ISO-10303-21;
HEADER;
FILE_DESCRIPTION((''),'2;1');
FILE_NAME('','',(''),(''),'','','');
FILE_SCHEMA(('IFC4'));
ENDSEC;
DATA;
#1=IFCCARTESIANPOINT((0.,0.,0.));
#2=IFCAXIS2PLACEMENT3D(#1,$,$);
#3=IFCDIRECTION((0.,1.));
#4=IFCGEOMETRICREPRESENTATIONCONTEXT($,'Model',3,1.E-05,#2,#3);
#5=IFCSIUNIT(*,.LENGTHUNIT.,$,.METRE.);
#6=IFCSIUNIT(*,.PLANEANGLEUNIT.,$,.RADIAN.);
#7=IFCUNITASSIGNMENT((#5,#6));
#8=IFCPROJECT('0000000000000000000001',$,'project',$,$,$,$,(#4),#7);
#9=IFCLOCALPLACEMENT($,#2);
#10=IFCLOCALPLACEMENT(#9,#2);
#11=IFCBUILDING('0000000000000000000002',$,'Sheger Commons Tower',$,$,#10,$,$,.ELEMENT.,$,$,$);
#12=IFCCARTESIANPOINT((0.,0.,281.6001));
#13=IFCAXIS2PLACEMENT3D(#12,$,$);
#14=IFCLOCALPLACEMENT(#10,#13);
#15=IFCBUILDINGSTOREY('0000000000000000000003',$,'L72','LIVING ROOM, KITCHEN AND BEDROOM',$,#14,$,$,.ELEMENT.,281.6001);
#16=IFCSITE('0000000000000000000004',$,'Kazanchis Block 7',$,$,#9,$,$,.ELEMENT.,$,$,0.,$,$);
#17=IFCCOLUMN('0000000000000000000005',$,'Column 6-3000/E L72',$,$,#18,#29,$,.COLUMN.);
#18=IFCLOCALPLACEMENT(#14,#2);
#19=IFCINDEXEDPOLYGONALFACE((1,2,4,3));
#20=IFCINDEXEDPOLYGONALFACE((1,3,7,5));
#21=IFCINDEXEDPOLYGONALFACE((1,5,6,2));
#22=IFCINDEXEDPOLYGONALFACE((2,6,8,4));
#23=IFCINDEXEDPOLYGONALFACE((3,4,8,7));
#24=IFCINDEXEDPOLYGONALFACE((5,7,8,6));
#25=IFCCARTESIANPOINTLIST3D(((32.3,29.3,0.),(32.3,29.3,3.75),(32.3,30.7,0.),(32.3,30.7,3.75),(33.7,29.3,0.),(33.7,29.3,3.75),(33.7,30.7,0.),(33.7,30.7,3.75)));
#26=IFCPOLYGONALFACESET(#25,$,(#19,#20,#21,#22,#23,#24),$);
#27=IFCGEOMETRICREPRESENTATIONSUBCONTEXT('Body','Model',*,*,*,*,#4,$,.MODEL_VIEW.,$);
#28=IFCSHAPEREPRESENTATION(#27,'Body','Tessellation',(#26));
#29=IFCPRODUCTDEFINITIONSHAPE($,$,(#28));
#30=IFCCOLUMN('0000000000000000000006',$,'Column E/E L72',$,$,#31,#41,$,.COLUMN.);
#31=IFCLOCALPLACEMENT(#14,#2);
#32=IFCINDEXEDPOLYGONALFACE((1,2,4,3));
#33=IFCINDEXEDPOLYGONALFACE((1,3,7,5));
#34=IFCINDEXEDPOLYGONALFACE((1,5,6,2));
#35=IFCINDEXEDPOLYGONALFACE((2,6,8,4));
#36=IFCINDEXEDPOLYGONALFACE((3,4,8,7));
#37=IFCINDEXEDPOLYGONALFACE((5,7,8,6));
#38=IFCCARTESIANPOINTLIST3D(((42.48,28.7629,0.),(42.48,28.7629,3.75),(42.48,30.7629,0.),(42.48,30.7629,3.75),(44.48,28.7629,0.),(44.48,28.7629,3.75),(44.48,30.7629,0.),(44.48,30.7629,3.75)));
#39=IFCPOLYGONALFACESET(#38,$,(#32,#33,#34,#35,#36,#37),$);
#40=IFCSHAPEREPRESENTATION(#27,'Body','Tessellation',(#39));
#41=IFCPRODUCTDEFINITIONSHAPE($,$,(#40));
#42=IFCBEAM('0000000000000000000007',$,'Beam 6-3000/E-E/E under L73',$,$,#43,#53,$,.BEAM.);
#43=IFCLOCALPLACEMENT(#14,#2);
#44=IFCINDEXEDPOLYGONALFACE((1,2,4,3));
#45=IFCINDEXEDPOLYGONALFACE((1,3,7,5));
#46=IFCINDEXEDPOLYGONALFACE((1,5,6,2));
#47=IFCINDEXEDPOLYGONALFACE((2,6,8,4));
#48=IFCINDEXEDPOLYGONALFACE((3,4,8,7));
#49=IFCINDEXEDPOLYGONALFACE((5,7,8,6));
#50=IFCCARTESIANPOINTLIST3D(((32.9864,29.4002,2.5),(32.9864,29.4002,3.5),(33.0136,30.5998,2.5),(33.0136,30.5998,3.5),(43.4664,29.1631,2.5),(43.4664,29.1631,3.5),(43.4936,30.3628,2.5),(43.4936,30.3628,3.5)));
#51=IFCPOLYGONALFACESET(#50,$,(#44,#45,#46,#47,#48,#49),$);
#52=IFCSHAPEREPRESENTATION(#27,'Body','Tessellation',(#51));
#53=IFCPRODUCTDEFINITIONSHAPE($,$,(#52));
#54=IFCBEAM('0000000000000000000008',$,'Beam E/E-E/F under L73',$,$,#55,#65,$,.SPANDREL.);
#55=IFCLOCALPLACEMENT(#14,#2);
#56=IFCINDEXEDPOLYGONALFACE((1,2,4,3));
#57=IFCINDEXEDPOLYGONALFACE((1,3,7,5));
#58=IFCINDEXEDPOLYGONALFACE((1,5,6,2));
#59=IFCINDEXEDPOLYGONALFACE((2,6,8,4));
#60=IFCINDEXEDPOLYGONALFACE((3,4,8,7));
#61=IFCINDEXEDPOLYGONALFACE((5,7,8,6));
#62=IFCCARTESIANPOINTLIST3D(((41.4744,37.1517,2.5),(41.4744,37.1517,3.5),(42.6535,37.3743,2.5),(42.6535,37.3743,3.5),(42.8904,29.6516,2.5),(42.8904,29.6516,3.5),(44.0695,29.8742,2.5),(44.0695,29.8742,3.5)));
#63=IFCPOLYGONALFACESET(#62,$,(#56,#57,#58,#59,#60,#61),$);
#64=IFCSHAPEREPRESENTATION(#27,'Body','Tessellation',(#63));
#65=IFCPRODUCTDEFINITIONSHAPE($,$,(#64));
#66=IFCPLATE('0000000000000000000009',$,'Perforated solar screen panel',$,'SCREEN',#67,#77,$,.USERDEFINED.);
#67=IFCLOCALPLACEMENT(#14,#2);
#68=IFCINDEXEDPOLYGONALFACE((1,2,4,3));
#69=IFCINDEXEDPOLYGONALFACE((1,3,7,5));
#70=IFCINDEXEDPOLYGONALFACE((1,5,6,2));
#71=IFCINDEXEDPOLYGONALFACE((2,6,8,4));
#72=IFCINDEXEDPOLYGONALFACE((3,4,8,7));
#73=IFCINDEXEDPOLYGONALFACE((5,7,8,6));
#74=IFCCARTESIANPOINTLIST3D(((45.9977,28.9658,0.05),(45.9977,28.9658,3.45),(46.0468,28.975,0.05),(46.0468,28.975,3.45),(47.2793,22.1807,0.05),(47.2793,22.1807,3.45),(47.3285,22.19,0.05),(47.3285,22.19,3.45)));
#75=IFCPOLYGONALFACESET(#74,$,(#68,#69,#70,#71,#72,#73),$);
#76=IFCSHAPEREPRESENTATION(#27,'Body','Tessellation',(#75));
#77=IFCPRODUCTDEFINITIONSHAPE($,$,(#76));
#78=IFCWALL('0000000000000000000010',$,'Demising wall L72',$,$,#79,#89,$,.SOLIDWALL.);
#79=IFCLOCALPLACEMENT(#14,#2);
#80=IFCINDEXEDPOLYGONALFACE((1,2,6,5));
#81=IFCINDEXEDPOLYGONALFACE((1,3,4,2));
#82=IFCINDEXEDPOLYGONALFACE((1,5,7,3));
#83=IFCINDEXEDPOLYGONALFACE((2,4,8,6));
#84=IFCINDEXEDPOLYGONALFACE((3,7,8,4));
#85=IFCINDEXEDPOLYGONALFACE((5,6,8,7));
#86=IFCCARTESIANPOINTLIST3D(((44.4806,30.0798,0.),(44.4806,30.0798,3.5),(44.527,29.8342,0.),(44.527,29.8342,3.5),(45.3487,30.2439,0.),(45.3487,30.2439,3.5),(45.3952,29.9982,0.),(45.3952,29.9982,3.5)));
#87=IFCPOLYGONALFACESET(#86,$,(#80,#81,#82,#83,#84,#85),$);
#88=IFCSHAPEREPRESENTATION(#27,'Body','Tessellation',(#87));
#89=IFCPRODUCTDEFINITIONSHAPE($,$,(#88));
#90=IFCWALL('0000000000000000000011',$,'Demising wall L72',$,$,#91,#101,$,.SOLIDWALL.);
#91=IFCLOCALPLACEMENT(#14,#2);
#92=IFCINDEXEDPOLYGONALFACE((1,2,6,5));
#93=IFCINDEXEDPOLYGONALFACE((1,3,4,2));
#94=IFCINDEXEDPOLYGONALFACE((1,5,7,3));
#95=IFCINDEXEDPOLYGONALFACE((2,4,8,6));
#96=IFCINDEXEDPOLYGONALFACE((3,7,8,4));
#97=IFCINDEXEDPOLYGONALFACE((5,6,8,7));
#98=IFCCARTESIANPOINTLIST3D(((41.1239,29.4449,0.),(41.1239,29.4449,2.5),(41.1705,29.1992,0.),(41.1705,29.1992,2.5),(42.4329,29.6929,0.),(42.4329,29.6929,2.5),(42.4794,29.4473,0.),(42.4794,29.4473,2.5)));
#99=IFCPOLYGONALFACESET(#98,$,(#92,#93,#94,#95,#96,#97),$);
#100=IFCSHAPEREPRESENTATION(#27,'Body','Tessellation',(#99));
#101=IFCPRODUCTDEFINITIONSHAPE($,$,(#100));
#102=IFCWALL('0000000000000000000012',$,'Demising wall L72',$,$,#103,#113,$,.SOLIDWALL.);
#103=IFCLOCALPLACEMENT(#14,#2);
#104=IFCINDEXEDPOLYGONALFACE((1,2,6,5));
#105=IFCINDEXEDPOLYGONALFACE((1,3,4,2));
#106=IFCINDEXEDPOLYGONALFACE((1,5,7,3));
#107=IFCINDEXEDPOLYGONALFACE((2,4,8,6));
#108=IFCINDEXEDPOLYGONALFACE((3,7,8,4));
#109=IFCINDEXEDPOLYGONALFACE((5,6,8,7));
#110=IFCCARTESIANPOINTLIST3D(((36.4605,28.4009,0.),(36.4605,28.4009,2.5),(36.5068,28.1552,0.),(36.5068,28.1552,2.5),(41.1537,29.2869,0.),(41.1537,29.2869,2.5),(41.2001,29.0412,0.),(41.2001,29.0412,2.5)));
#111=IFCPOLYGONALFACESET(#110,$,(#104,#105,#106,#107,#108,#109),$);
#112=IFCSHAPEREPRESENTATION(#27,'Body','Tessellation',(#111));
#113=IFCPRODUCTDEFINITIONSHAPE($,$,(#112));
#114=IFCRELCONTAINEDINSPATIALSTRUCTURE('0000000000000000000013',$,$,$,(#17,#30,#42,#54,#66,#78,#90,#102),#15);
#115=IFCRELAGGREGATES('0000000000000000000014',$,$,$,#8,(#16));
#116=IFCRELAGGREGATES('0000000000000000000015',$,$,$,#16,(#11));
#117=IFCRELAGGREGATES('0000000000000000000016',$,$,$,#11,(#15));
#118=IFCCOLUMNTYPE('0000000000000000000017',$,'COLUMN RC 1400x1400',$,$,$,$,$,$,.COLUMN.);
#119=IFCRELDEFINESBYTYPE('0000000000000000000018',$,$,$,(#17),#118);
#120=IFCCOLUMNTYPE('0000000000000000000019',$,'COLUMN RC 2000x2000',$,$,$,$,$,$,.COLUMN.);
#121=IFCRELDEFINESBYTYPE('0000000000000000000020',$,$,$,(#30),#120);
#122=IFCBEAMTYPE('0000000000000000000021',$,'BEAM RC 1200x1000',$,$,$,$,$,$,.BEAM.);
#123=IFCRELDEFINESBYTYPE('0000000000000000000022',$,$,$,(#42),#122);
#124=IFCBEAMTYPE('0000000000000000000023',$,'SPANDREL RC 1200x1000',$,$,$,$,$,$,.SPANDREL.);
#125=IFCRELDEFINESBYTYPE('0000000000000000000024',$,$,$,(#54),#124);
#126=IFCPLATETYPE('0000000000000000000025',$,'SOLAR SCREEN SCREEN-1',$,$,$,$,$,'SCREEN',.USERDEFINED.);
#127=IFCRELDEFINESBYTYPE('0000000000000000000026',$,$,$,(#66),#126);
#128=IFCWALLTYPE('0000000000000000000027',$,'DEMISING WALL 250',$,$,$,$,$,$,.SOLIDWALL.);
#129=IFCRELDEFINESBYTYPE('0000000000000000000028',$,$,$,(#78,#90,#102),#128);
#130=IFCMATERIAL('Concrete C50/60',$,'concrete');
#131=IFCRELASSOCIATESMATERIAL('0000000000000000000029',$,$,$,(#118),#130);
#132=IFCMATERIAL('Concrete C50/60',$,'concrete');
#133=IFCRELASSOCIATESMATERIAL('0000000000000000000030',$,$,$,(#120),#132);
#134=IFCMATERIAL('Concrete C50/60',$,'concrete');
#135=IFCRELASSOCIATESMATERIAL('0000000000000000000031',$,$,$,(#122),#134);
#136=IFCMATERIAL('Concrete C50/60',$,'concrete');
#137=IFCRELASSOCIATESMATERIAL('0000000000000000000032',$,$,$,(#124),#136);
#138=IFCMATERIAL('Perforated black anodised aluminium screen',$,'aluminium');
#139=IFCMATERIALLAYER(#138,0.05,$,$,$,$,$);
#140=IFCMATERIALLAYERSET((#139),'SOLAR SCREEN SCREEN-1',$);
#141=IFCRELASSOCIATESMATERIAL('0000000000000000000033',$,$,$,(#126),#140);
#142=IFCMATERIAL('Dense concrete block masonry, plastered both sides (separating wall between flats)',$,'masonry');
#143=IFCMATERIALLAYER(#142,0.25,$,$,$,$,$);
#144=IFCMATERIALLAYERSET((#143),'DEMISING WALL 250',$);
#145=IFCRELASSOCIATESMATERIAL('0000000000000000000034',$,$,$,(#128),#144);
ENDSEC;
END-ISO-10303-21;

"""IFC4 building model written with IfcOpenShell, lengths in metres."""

from ifc_helpers import new_model, si_unit, direction, frame, frame_2d, origin, origin_2d, place, context, subcontext, project, spatial, rectangle, extrude, material, layer, layer_set, material_profile, profile_set, type_object, element, save


model = new_model("IFC4")

# Units and contexts
model_context = context("Model", 3, precision=1e-05, world=origin(), true_north=direction((0.0, 1.0)))
body_context = subcontext(model_context, "Body", "Model", "MODEL_VIEW")
ifc_project = project(units=[si_unit("LENGTHUNIT", "METRE"), si_unit("PLANEANGLEUNIT", "RADIAN")], contexts=[model_context])

# Site, building, storey
site_placement = place(None, origin())
site = spatial("IfcSite", under=ifc_project, at=site_placement, Name="Kazanchis Block 7", CompositionType="ELEMENT", RefElevation=0.0)
building_placement = place(site_placement, origin())
building = spatial("IfcBuilding", under=site, at=building_placement, Name="Sheger Commons Tower", CompositionType="ELEMENT")
storey_placement = place(building_placement, frame((0.0, 0.0, 281.6001)))
storey = spatial("IfcBuildingStorey", under=building, at=storey_placement, Name="L72", Description="LIVING ROOM, KITCHEN AND BEDROOM", CompositionType="ELEMENT", Elevation=281.6001)

# Columns
ifc_material_1 = material(Name="Concrete C50/60", Category="concrete")
ifc_material_profile_1 = material_profile(ifc_material_1, rectangle(XDim=1.3999, YDim=1.3999, at=origin_2d()), Name="RC 1400x1400")
ifc_profile_set_1 = profile_set([ifc_material_profile_1], Name="Concrete C50/60")
column_type_1 = type_object("IfcColumnType", Name="COLUMN RC 1400x1400", PredefinedType="COLUMN", material=ifc_profile_set_1)
column_1_placement = place(storey_placement, frame((33.0, 30.0, 0.0), z_axis=(0.0, 0.0, 1.0), x_axis=(1.0, 0.0, 0.0)))
element("IfcColumn", 1, at=column_1_placement, inside=storey, type_object=column_type_1, Name="Column 6-3000/E L72", PredefinedType="COLUMN", context=body_context, shape_type="SweptSolid", body=[
    extrude(rectangle(XDim=1.3999, YDim=1.3999, at=origin_2d()), origin(), (0.0, 0.0, 1.0), 3.75),
])
ifc_material_2 = material(Name="Concrete C50/60", Category="concrete")
ifc_material_profile_2 = material_profile(ifc_material_2, rectangle(XDim=2.0, YDim=2.0, at=origin_2d()), Name="RC 2000x2000")
ifc_profile_set_2 = profile_set([ifc_material_profile_2], Name="Concrete C50/60")
column_type_2 = type_object("IfcColumnType", Name="COLUMN RC 2000x2000", PredefinedType="COLUMN", material=ifc_profile_set_2)
column_2_placement = place(storey_placement, frame((43.48, 29.7629, 0.0), z_axis=(0.0, 0.0, 1.0), x_axis=(1.0, 0.0, 0.0)))
element("IfcColumn", 2, at=column_2_placement, inside=storey, type_object=column_type_2, Name="Column E/E L72", PredefinedType="COLUMN", context=body_context, shape_type="SweptSolid", body=[
    extrude(rectangle(XDim=2.0, YDim=2.0, at=origin_2d()), origin(), (0.0, 0.0, 1.0), 3.75),
])

# Beams
ifc_material_3 = material(Name="Concrete C50/60", Category="concrete")
ifc_material_profile_3 = material_profile(ifc_material_3, rectangle(XDim=1.2, YDim=1.0, at=origin_2d()), Name="RC 1200x1000")
ifc_profile_set_3 = profile_set([ifc_material_profile_3], Name="Concrete C50/60")
beam_type_1 = type_object("IfcBeamType", Name="BEAM RC 1200x1000", PredefinedType="BEAM", material=ifc_profile_set_3)
beam_1_placement = place(storey_placement, frame((33.0, 30.0, 3.0), z_axis=(0.999744, -0.022615, 0.0), x_axis=(0.022615, 0.999744, 0.0)))
element("IfcBeam", 3, at=beam_1_placement, inside=storey, type_object=beam_type_1, Name="Beam 6-3000/E-E/E under L73", PredefinedType="BEAM", context=body_context, shape_type="SweptSolid", body=[
    extrude(rectangle(XDim=1.2, YDim=1.0, at=origin_2d()), origin(), (0.0, 0.0, 1.0), 10.4827),
])
ifc_material_4 = material(Name="Concrete C50/60", Category="concrete")
ifc_material_profile_4 = material_profile(ifc_material_4, rectangle(XDim=1.2, YDim=1.0, at=origin_2d()), Name="RC 1200x1000")
ifc_profile_set_4 = profile_set([ifc_material_profile_4], Name="Concrete C50/60")
beam_type_2 = type_object("IfcBeamType", Name="SPANDREL RC 1200x1000", PredefinedType="SPANDREL", material=ifc_profile_set_4)
beam_2_placement = place(storey_placement, frame((43.48, 29.7629, 3.0), z_axis=(-0.185524, 0.98264, 0.0), x_axis=(-0.98264, -0.185524, 0.0)))
element("IfcBeam", 4, at=beam_2_placement, inside=storey, type_object=beam_type_2, Name="Beam E/E-E/F under L73", PredefinedType="SPANDREL", context=body_context, shape_type="SweptSolid", body=[
    extrude(rectangle(XDim=1.2, YDim=1.0, at=origin_2d()), origin(), (0.0, 0.0, 1.0), 7.6326),
])

# Plate
ifc_material_5 = material(Name="Perforated black anodised aluminium screen", Category="aluminium")
ifc_layer_1 = layer(ifc_material_5, 0.05)
ifc_layer_set_1 = layer_set([ifc_layer_1], Name="SOLAR SCREEN SCREEN-1")
plate_type = type_object("IfcPlateType", Name="SOLAR SCREEN SCREEN-1", ElementType="SCREEN", PredefinedType="USERDEFINED", material=ifc_layer_set_1)
plate_placement = place(storey_placement, frame((46.6631, 25.5779, 0.05), z_axis=(0.0, 0.0, 1.0), x_axis=(-0.185615, 0.982623, 0.0)))
element("IfcPlate", 5, at=plate_placement, inside=storey, type_object=plate_type, Name="Perforated solar screen panel", ObjectType="SCREEN", PredefinedType="USERDEFINED", context=body_context, shape_type="SweptSolid", body=[
    extrude(rectangle(XDim=6.905, YDim=0.05, at=origin_2d()), origin(), (0.0, 0.0, 1.0), 3.3999),
])

# Walls
ifc_material_6 = material(Name="Dense concrete block masonry, plastered both sides (separating wall between flats)", Category="masonry")
ifc_layer_2 = layer(ifc_material_6, 0.25)
ifc_layer_set_2 = layer_set([ifc_layer_2], Name="DEMISING WALL 250")
wall_type_1 = type_object("IfcWallType", Name="DEMISING WALL 250", PredefinedType="SOLIDWALL", material=ifc_layer_set_2)
wall_1_placement = place(storey_placement, frame((45.3721, 30.1211, 0.0), z_axis=(0.0, 0.0, 1.0), x_axis=(-0.982608, -0.18569, 0.0)))
element("IfcWall", 6, at=wall_1_placement, inside=storey, type_object=wall_type_1, Name="Demising wall L72", PredefinedType="SOLIDWALL", context=body_context, shape_type="SweptSolid", body=[
    extrude(rectangle(XDim=0.8835, YDim=0.25, at=frame_2d((0.4419, 0.0))), origin(), (0.0, 0.0, 1.0), 3.5),
])
wall_2_placement = place(storey_placement, frame((42.4561, 29.5701, 0.0), z_axis=(0.0, 0.0, 1.0), x_axis=(-0.982518, -0.186169, 0.0)))
element("IfcWall", 7, at=wall_2_placement, inside=storey, type_object=wall_type_1, Name="Demising wall L72", PredefinedType="SOLIDWALL", context=body_context, shape_type="SweptSolid", body=[
    extrude(rectangle(XDim=1.3323, YDim=0.25, at=frame_2d((0.666, 0.0))), origin(), (0.0, 0.0, 1.0), 2.5),
])
wall_3_placement = place(storey_placement, frame((41.177, 29.1641, 0.0), z_axis=(0.0, 0.0, 1.0), x_axis=(-0.982643, -0.185508, 0.0)))
element("IfcWall", 8, at=wall_3_placement, inside=storey, type_object=wall_type_1, Name="Demising wall L72", PredefinedType="SOLIDWALL", context=body_context, shape_type="SweptSolid", body=[
    extrude(rectangle(XDim=4.7761, YDim=0.25, at=frame_2d((2.3882, 0.0))), origin(), (0.0, 0.0, 1.0), 2.5),
])

save(model, "model.ifc")
